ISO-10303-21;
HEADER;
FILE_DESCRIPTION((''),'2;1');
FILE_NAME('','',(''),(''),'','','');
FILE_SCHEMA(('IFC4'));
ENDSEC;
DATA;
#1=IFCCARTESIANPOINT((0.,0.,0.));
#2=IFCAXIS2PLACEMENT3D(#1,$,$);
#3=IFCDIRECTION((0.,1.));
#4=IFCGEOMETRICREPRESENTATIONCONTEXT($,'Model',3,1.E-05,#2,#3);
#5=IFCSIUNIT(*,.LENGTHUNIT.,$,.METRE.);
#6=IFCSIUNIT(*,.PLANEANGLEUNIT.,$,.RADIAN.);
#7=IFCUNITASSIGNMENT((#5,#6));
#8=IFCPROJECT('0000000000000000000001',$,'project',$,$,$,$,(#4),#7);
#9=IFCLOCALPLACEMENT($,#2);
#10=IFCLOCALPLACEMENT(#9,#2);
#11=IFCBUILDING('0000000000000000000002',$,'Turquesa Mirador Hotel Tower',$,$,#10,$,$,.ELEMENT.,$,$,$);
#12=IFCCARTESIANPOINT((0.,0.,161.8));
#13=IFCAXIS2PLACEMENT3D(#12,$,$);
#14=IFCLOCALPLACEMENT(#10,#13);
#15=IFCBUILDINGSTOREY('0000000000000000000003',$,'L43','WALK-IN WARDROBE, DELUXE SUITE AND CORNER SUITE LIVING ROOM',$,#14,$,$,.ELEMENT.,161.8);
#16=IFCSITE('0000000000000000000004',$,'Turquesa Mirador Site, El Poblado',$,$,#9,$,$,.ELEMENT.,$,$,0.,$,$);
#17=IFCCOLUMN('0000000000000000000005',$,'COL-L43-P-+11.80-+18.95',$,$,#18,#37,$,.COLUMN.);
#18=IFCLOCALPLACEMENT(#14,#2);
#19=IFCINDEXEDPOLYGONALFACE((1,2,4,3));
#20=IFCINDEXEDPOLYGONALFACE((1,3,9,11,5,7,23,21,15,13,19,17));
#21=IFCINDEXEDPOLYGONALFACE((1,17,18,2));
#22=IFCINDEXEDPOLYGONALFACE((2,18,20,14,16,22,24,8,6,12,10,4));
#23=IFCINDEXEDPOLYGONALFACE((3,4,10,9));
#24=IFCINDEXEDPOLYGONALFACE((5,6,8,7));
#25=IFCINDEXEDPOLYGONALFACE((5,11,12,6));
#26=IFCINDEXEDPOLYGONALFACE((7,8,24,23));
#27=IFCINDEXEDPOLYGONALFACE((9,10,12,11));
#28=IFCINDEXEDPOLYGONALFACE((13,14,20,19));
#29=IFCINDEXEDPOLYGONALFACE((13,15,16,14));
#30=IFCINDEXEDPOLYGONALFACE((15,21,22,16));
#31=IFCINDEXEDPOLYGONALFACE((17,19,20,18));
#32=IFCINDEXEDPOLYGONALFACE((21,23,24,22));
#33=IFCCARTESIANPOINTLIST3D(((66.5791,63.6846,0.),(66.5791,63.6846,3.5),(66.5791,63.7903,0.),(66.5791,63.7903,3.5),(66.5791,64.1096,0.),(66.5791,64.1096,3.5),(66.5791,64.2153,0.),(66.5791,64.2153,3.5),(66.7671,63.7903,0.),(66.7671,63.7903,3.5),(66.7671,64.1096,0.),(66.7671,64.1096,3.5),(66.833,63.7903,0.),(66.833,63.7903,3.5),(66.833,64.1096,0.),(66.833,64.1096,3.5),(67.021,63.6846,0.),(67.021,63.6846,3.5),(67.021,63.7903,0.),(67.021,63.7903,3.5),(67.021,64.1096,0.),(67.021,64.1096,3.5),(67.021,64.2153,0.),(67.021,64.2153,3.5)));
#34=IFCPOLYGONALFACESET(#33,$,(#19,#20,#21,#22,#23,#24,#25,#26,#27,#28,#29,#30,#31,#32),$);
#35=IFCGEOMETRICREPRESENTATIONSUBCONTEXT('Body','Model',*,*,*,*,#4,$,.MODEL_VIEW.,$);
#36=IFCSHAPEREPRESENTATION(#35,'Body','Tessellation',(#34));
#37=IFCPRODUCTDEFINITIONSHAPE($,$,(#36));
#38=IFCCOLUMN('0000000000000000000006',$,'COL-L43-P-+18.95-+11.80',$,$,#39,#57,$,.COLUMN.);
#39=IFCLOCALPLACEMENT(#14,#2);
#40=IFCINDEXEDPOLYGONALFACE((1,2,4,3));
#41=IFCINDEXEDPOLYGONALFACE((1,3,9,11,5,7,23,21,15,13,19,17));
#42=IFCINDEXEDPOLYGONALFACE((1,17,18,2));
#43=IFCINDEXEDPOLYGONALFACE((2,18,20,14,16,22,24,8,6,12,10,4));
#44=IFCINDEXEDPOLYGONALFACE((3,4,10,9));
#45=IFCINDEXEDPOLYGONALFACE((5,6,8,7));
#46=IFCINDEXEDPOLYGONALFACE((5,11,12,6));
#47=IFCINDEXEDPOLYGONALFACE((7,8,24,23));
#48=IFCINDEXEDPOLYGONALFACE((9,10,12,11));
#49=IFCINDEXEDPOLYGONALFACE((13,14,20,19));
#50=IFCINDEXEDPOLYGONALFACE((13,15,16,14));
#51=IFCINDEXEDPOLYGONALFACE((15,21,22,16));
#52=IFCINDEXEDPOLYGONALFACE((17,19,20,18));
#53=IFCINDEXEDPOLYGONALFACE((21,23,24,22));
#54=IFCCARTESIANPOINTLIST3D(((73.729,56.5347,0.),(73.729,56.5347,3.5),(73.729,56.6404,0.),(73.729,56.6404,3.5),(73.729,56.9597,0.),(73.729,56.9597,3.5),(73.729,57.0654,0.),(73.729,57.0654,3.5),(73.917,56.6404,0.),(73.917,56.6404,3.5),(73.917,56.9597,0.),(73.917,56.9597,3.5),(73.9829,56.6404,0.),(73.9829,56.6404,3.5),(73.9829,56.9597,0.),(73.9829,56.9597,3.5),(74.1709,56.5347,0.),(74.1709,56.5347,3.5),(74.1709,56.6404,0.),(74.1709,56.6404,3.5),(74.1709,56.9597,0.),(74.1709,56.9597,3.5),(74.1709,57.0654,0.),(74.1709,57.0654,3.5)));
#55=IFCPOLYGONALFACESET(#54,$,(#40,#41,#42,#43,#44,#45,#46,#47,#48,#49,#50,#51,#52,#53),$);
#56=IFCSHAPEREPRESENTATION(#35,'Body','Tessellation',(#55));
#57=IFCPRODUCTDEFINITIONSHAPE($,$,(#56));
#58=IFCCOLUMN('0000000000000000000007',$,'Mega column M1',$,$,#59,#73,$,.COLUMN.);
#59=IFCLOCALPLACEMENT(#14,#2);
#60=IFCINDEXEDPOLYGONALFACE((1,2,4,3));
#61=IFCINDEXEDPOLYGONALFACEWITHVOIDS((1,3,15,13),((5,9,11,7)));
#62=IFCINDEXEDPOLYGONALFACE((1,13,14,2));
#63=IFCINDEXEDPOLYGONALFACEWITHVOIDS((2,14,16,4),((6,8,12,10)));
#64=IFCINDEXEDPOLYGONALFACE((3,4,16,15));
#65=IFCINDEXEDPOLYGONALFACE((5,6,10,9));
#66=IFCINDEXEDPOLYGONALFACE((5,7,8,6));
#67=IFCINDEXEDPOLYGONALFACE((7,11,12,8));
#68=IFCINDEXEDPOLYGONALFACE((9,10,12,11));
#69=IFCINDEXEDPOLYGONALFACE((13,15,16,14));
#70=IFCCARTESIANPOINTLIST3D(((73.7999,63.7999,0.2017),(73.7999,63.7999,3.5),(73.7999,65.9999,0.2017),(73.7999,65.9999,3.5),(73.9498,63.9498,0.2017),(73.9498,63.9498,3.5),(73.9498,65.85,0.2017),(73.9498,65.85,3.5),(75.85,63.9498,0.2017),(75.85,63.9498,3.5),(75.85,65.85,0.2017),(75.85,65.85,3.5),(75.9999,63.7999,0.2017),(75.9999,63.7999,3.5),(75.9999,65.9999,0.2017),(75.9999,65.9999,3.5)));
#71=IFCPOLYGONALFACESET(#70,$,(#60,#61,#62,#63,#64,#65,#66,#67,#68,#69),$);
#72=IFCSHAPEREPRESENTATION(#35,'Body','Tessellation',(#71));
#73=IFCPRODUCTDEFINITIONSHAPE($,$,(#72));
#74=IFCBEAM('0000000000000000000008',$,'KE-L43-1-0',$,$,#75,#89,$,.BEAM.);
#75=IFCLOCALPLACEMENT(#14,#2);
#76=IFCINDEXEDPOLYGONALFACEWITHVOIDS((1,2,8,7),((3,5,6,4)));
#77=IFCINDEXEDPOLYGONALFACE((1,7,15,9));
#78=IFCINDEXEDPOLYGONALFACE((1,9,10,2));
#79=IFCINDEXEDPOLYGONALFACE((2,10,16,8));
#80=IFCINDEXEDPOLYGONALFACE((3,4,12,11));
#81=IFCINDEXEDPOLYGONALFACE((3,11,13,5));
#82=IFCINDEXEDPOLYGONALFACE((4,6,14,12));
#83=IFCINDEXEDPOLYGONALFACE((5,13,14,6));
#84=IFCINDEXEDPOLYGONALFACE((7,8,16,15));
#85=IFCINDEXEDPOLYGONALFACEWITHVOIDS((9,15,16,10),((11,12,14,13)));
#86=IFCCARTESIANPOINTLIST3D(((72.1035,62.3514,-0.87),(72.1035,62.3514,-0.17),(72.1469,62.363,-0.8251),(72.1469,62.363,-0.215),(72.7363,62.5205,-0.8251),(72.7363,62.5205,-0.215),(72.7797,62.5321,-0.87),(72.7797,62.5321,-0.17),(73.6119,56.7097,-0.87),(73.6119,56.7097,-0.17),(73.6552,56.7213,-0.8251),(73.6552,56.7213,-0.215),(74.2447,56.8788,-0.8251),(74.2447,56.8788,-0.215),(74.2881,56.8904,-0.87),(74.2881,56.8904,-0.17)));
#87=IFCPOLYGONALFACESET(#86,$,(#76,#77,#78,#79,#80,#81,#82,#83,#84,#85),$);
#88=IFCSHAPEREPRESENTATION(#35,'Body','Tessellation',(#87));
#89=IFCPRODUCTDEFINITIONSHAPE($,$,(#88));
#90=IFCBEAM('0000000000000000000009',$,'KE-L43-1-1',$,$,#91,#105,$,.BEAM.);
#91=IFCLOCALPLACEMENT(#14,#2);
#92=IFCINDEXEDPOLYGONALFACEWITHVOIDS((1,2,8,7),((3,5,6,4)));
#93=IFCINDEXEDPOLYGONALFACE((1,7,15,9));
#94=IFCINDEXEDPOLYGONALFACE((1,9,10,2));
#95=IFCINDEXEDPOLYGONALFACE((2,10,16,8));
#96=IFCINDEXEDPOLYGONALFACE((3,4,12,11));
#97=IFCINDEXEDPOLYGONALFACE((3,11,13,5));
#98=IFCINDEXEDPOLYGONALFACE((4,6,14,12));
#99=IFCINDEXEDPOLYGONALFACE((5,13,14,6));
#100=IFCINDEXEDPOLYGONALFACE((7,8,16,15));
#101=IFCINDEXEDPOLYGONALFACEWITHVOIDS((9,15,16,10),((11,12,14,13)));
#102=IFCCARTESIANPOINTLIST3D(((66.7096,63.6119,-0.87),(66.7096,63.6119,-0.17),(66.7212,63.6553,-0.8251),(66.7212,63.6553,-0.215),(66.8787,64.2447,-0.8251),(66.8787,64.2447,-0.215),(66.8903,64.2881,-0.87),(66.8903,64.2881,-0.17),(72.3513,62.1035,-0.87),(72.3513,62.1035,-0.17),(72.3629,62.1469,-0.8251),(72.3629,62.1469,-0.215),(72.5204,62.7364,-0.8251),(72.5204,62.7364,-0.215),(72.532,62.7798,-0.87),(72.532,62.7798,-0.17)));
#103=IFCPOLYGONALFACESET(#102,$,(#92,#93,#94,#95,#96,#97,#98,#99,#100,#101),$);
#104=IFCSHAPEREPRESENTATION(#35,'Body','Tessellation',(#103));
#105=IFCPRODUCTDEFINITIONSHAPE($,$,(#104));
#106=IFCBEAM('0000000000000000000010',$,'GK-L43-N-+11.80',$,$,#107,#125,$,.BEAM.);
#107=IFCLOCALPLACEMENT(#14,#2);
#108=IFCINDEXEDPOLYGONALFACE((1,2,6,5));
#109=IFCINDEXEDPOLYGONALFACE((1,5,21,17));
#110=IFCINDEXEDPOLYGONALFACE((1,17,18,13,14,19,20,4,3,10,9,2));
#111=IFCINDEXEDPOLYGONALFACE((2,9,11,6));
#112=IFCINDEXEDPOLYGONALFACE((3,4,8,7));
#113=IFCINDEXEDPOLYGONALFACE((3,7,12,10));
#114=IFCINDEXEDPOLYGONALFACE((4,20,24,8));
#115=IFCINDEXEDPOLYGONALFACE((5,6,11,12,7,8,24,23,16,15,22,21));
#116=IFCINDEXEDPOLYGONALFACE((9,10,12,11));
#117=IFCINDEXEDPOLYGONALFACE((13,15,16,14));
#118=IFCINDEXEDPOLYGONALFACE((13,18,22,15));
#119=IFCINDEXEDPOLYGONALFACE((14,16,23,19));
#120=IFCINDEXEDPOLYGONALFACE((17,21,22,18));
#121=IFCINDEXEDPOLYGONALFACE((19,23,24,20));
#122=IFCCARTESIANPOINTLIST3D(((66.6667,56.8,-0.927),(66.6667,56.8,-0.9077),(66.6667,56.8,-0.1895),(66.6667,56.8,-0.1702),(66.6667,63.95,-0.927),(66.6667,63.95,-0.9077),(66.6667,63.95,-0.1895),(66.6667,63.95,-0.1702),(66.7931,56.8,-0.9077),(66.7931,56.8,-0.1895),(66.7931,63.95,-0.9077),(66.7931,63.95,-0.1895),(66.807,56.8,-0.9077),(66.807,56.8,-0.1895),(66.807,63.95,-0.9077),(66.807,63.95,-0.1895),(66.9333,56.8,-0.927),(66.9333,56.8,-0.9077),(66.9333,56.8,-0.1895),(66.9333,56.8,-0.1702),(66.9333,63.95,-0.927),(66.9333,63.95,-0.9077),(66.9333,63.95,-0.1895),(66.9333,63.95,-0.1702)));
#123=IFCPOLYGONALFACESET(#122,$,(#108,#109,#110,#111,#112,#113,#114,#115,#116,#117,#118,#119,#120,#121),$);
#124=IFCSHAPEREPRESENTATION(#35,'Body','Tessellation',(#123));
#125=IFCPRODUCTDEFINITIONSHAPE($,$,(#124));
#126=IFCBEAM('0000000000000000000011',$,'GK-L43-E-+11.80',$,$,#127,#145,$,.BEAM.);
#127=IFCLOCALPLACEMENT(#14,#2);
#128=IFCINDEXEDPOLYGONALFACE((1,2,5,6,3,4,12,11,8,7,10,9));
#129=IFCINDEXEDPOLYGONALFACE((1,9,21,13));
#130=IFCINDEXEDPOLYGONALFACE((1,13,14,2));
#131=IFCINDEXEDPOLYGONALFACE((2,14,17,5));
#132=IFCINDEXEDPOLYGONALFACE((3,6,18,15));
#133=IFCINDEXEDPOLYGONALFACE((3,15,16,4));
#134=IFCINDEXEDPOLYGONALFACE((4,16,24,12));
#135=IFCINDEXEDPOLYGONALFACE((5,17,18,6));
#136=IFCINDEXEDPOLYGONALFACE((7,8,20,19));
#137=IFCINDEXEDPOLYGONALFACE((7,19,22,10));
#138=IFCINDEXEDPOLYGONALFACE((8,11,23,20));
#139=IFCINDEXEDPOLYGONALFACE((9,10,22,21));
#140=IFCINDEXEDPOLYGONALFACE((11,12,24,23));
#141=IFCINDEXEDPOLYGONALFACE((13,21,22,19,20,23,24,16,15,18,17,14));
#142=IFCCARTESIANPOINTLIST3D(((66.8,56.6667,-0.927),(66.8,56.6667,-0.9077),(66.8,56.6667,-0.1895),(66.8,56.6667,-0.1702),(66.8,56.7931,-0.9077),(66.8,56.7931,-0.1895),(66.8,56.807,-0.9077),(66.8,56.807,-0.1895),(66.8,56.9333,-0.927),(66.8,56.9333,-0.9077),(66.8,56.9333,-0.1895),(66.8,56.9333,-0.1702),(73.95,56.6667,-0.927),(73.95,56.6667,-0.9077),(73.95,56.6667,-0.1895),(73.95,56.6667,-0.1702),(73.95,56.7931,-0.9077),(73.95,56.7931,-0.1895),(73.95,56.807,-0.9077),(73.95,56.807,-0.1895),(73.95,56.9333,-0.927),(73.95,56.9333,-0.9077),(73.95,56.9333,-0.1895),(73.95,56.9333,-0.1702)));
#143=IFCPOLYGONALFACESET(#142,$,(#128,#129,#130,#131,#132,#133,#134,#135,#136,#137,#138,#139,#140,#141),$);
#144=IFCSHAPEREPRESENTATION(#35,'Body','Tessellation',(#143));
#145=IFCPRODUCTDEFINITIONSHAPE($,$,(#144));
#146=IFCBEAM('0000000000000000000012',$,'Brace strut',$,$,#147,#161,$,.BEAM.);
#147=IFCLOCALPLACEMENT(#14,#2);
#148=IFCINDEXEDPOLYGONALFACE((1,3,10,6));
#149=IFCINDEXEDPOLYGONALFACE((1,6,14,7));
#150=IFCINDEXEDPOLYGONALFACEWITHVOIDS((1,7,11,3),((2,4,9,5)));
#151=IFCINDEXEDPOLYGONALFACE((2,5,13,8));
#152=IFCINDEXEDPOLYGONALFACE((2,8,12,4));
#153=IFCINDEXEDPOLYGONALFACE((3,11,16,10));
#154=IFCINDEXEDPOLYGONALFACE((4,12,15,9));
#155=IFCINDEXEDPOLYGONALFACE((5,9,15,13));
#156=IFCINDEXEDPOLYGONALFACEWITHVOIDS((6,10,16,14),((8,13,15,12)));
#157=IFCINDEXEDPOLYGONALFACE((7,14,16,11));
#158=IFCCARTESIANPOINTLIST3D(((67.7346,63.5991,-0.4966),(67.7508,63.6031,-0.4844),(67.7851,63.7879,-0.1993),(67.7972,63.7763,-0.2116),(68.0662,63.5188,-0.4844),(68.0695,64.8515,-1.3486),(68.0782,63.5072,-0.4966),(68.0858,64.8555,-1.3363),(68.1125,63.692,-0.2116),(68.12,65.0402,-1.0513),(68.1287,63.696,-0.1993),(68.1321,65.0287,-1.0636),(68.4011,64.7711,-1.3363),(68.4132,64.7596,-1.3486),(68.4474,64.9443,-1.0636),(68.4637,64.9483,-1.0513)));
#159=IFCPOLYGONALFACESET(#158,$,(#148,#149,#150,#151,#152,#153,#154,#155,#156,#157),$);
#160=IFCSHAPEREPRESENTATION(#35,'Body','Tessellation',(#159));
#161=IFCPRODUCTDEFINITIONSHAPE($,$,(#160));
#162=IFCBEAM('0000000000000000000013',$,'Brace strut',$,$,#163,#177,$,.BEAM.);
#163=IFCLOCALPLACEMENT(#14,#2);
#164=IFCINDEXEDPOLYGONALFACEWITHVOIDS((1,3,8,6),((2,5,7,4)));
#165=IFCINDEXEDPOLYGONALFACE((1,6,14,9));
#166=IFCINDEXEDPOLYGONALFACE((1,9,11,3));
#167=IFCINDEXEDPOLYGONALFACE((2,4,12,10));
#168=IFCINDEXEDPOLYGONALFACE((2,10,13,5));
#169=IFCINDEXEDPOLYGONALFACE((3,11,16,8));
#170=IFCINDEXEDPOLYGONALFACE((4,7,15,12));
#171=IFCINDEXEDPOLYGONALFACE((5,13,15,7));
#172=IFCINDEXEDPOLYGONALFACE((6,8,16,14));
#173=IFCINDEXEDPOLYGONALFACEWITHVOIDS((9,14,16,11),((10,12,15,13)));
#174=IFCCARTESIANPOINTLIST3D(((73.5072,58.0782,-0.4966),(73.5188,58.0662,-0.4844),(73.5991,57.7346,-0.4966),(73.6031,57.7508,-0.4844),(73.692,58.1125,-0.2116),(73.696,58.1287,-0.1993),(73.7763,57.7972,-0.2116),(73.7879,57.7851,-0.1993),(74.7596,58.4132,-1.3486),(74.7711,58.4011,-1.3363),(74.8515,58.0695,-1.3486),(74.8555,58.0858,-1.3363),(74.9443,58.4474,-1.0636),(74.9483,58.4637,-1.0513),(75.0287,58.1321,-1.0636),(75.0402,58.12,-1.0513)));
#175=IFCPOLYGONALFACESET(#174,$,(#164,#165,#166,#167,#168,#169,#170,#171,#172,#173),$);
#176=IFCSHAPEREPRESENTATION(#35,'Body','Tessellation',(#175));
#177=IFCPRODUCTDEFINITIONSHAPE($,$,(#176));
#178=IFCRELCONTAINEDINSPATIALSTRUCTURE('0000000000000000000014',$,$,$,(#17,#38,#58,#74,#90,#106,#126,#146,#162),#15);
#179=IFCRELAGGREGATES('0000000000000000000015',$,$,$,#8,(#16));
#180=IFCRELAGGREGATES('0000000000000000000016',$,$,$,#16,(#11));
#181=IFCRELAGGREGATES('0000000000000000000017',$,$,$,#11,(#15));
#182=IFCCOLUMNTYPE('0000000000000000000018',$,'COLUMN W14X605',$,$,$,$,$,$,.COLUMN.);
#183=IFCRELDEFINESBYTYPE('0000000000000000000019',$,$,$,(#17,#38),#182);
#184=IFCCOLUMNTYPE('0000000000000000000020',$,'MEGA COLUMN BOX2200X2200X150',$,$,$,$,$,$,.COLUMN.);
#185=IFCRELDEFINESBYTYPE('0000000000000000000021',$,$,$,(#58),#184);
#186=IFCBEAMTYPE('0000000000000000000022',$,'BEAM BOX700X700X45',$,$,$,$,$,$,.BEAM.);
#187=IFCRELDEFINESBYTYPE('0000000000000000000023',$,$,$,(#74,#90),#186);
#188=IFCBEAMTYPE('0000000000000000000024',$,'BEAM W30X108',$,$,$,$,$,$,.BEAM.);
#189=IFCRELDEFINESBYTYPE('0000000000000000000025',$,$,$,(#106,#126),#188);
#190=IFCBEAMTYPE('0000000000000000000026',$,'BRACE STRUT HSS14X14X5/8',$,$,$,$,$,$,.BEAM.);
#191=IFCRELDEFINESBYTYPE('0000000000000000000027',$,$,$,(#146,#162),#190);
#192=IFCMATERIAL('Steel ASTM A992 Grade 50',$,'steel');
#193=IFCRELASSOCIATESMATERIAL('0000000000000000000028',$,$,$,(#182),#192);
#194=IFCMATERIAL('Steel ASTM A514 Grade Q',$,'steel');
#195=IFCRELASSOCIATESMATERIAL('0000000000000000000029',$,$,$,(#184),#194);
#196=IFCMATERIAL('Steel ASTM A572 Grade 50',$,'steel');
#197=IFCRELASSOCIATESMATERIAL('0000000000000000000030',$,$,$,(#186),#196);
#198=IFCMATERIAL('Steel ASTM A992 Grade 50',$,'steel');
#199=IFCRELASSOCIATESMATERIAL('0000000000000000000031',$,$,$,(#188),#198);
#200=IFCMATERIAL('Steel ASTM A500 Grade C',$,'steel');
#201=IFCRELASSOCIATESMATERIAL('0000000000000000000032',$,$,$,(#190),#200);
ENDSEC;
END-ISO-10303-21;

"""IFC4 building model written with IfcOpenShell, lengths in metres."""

from ifc_helpers import new_model, si_unit, direction, frame, origin, origin_2d, place, context, subcontext, project, spatial, hollow_rectangle, i_section, extrude, clip, halfspace, material, material_profile, profile_set, type_object, element, save


model = new_model("IFC4")

# Units and contexts
model_context = context("Model", 3, precision=1e-05, world=origin(), true_north=direction((0.0, 1.0)))
body_context = subcontext(model_context, "Body", "Model", "MODEL_VIEW")
ifc_project = project(units=[si_unit("LENGTHUNIT", "METRE"), si_unit("PLANEANGLEUNIT", "RADIAN")], contexts=[model_context])

# Site, building, storey
site_placement = place(None, origin())
site = spatial("IfcSite", under=ifc_project, at=site_placement, Name="Turquesa Mirador Site, El Poblado", CompositionType="ELEMENT", RefElevation=0.0)
building_placement = place(site_placement, origin())
building = spatial("IfcBuilding", under=site, at=building_placement, Name="Turquesa Mirador Hotel Tower", CompositionType="ELEMENT")
storey_placement = place(building_placement, frame((0.0, 0.0, 161.8)))
storey = spatial("IfcBuildingStorey", under=building, at=storey_placement, Name="L43", Description="WALK-IN WARDROBE, DELUXE SUITE AND CORNER SUITE LIVING ROOM", CompositionType="ELEMENT", Elevation=161.8)

# Columns
ifc_material_1 = material(Name="Steel ASTM A992 Grade 50", Category="steel")
ifc_material_profile_1 = material_profile(ifc_material_1, i_section(OverallWidth=0.4419, OverallDepth=0.5308, WebThickness=0.0659, FlangeThickness=0.1057, at=origin_2d()), Name="W14X605")
ifc_profile_set_1 = profile_set([ifc_material_profile_1], Name="Steel ASTM A992 Grade 50")
column_type_1 = type_object("IfcColumnType", Name="COLUMN W14X605", PredefinedType="COLUMN", material=ifc_profile_set_1)
for number, where, z_axis, x_axis, name in (
    (1, (66.8, 63.95, 0.0), (0.0, 0.0, 1.0), (1.0, 0.0, 0.0), "COL-L43-P-+11.80-+18.95"),
    (2, (73.95, 56.8, 0.0), (0.0, 0.0, 1.0), (1.0, 0.0, 0.0), "COL-L43-P-+18.95-+11.80"),
):
    element("IfcColumn", number, at=place(storey_placement, frame(where, z_axis=z_axis, x_axis=x_axis)), inside=storey, type_object=column_type_1, Name=name, PredefinedType="COLUMN", context=body_context, shape_type="SweptSolid", body=[
        extrude(i_section(OverallWidth=0.4419, OverallDepth=0.5308, WebThickness=0.0659, FlangeThickness=0.1057, at=origin_2d()), origin(), (0.0, 0.0, 1.0), 3.5),
    ])
ifc_material_2 = material(Name="Steel ASTM A514 Grade Q", Category="steel")
ifc_material_profile_2 = material_profile(ifc_material_2, hollow_rectangle(XDim=2.2, YDim=2.2, WallThickness=0.1499, at=origin_2d()), Name="BOX2200X2200X150")
ifc_profile_set_2 = profile_set([ifc_material_profile_2], Name="Steel ASTM A514 Grade Q")
column_type_2 = type_object("IfcColumnType", Name="MEGA COLUMN BOX2200X2200X150", PredefinedType="COLUMN", material=ifc_profile_set_2)
column_placement = place(storey_placement, frame((74.8999, 64.8999, 0.0), z_axis=(0.0, 0.0, 1.0), x_axis=(1.0, 0.0, 0.0)))
element("IfcColumn", 3, at=column_placement, inside=storey, type_object=column_type_2, Name="Mega column M1", PredefinedType="COLUMN", context=body_context, shape_type="Clipping", body=[
    clip(extrude(hollow_rectangle(XDim=2.2, YDim=2.2, WallThickness=0.1499, at=origin_2d()), origin(), (0.0, 0.0, 1.0), 3.5), halfspace(frame((0.0, 0.0, 0.2017), z_axis=(0.0, 0.0, -1.0), x_axis=(1.0, 0.0, 0.0)), False)),
])

# Beams
ifc_material_3 = material(Name="Steel ASTM A572 Grade 50", Category="steel")
ifc_material_profile_3 = material_profile(ifc_material_3, hollow_rectangle(XDim=0.7, YDim=0.7, WallThickness=0.0449, at=origin_2d()), Name="BOX700X700X45")
ifc_profile_set_3 = profile_set([ifc_material_profile_3], Name="Steel ASTM A572 Grade 50")
beam_type_1 = type_object("IfcBeamType", Name="BEAM BOX700X700X45", PredefinedType="BEAM", material=ifc_profile_set_3)
for number, where, z_axis, x_axis, name in (
    (4, (73.95, 56.8, -0.52), (-0.258282, 0.96607, 0.0), (-0.96607, -0.258282, 0.0), "KE-L43-1-0"),
    (5, (72.4417, 62.4417, -0.52), (-0.96607, 0.258282, 0.0), (-0.258282, -0.96607, 0.0), "KE-L43-1-1"),
):
    element("IfcBeam", number, at=place(storey_placement, frame(where, z_axis=z_axis, x_axis=x_axis)), inside=storey, type_object=beam_type_1, Name=name, PredefinedType="BEAM", context=body_context, shape_type="SweptSolid", body=[
        extrude(hollow_rectangle(XDim=0.7, YDim=0.7, WallThickness=0.0449, at=origin_2d()), origin(), (0.0, 0.0, 1.0), 5.8398),
    ])
ifc_material_4 = material(Name="Steel ASTM A992 Grade 50", Category="steel")
ifc_material_profile_4 = material_profile(ifc_material_4, i_section(OverallWidth=0.2666, OverallDepth=0.7568, WebThickness=0.0139, FlangeThickness=0.0193, at=origin_2d()), Name="W30X108")
ifc_profile_set_4 = profile_set([ifc_material_profile_4], Name="Steel ASTM A992 Grade 50")
beam_type_2 = type_object("IfcBeamType", Name="BEAM W30X108", PredefinedType="BEAM", material=ifc_profile_set_4)
for number, where, z_axis, x_axis, name in (
    (6, (66.8, 63.95, -0.5486), (0.0, -1.0, 0.0), (1.0, 0.0, 0.0), "GK-L43-N-+11.80"),
    (7, (73.95, 56.8, -0.5486), (-1.0, 0.0, 0.0), (0.0, -1.0, 0.0), "GK-L43-E-+11.80"),
):
    element("IfcBeam", number, at=place(storey_placement, frame(where, z_axis=z_axis, x_axis=x_axis)), inside=storey, type_object=beam_type_2, Name=name, PredefinedType="BEAM", context=body_context, shape_type="SweptSolid", body=[
        extrude(i_section(OverallWidth=0.2666, OverallDepth=0.7568, WebThickness=0.0139, FlangeThickness=0.0193, at=origin_2d()), origin(), (0.0, 0.0, 1.0), 7.1499),
    ])
ifc_material_5 = material(Name="Steel ASTM A500 Grade C", Category="steel")
ifc_material_profile_5 = material_profile(ifc_material_5, hollow_rectangle(XDim=0.3557, YDim=0.3557, WallThickness=0.0146, at=origin_2d()), Name="HSS14X14X5/8")
ifc_profile_set_5 = profile_set([ifc_material_profile_5], Name="Steel ASTM A500 Grade C")
beam_type_3 = type_object("IfcBeamType", Name="BRACE STRUT HSS14X14X5/8", PredefinedType="BEAM", material=ifc_profile_set_5)
for number, where, z_axis, x_axis, name in (
    (8, (68.2666, 64.8999, -1.2), (-0.215911, -0.807305, 0.549219), (0.966047, -0.258366, 0.0), "Brace strut"),
    (9, (74.8999, 58.2666, -1.2), (-0.807305, -0.215911, 0.549219), (0.258366, -0.966047, 0.0), "Brace strut"),
):
    element("IfcBeam", number, at=place(storey_placement, frame(where, z_axis=z_axis, x_axis=x_axis)), inside=storey, type_object=beam_type_3, Name=name, PredefinedType="BEAM", context=body_context, shape_type="SweptSolid", body=[
        extrude(hollow_rectangle(XDim=0.3557, YDim=0.3557, WallThickness=0.0146, at=origin_2d()), origin(), (0.0, 0.0, 1.0), 1.5513),
    ])

save(model, "model.ifc")
